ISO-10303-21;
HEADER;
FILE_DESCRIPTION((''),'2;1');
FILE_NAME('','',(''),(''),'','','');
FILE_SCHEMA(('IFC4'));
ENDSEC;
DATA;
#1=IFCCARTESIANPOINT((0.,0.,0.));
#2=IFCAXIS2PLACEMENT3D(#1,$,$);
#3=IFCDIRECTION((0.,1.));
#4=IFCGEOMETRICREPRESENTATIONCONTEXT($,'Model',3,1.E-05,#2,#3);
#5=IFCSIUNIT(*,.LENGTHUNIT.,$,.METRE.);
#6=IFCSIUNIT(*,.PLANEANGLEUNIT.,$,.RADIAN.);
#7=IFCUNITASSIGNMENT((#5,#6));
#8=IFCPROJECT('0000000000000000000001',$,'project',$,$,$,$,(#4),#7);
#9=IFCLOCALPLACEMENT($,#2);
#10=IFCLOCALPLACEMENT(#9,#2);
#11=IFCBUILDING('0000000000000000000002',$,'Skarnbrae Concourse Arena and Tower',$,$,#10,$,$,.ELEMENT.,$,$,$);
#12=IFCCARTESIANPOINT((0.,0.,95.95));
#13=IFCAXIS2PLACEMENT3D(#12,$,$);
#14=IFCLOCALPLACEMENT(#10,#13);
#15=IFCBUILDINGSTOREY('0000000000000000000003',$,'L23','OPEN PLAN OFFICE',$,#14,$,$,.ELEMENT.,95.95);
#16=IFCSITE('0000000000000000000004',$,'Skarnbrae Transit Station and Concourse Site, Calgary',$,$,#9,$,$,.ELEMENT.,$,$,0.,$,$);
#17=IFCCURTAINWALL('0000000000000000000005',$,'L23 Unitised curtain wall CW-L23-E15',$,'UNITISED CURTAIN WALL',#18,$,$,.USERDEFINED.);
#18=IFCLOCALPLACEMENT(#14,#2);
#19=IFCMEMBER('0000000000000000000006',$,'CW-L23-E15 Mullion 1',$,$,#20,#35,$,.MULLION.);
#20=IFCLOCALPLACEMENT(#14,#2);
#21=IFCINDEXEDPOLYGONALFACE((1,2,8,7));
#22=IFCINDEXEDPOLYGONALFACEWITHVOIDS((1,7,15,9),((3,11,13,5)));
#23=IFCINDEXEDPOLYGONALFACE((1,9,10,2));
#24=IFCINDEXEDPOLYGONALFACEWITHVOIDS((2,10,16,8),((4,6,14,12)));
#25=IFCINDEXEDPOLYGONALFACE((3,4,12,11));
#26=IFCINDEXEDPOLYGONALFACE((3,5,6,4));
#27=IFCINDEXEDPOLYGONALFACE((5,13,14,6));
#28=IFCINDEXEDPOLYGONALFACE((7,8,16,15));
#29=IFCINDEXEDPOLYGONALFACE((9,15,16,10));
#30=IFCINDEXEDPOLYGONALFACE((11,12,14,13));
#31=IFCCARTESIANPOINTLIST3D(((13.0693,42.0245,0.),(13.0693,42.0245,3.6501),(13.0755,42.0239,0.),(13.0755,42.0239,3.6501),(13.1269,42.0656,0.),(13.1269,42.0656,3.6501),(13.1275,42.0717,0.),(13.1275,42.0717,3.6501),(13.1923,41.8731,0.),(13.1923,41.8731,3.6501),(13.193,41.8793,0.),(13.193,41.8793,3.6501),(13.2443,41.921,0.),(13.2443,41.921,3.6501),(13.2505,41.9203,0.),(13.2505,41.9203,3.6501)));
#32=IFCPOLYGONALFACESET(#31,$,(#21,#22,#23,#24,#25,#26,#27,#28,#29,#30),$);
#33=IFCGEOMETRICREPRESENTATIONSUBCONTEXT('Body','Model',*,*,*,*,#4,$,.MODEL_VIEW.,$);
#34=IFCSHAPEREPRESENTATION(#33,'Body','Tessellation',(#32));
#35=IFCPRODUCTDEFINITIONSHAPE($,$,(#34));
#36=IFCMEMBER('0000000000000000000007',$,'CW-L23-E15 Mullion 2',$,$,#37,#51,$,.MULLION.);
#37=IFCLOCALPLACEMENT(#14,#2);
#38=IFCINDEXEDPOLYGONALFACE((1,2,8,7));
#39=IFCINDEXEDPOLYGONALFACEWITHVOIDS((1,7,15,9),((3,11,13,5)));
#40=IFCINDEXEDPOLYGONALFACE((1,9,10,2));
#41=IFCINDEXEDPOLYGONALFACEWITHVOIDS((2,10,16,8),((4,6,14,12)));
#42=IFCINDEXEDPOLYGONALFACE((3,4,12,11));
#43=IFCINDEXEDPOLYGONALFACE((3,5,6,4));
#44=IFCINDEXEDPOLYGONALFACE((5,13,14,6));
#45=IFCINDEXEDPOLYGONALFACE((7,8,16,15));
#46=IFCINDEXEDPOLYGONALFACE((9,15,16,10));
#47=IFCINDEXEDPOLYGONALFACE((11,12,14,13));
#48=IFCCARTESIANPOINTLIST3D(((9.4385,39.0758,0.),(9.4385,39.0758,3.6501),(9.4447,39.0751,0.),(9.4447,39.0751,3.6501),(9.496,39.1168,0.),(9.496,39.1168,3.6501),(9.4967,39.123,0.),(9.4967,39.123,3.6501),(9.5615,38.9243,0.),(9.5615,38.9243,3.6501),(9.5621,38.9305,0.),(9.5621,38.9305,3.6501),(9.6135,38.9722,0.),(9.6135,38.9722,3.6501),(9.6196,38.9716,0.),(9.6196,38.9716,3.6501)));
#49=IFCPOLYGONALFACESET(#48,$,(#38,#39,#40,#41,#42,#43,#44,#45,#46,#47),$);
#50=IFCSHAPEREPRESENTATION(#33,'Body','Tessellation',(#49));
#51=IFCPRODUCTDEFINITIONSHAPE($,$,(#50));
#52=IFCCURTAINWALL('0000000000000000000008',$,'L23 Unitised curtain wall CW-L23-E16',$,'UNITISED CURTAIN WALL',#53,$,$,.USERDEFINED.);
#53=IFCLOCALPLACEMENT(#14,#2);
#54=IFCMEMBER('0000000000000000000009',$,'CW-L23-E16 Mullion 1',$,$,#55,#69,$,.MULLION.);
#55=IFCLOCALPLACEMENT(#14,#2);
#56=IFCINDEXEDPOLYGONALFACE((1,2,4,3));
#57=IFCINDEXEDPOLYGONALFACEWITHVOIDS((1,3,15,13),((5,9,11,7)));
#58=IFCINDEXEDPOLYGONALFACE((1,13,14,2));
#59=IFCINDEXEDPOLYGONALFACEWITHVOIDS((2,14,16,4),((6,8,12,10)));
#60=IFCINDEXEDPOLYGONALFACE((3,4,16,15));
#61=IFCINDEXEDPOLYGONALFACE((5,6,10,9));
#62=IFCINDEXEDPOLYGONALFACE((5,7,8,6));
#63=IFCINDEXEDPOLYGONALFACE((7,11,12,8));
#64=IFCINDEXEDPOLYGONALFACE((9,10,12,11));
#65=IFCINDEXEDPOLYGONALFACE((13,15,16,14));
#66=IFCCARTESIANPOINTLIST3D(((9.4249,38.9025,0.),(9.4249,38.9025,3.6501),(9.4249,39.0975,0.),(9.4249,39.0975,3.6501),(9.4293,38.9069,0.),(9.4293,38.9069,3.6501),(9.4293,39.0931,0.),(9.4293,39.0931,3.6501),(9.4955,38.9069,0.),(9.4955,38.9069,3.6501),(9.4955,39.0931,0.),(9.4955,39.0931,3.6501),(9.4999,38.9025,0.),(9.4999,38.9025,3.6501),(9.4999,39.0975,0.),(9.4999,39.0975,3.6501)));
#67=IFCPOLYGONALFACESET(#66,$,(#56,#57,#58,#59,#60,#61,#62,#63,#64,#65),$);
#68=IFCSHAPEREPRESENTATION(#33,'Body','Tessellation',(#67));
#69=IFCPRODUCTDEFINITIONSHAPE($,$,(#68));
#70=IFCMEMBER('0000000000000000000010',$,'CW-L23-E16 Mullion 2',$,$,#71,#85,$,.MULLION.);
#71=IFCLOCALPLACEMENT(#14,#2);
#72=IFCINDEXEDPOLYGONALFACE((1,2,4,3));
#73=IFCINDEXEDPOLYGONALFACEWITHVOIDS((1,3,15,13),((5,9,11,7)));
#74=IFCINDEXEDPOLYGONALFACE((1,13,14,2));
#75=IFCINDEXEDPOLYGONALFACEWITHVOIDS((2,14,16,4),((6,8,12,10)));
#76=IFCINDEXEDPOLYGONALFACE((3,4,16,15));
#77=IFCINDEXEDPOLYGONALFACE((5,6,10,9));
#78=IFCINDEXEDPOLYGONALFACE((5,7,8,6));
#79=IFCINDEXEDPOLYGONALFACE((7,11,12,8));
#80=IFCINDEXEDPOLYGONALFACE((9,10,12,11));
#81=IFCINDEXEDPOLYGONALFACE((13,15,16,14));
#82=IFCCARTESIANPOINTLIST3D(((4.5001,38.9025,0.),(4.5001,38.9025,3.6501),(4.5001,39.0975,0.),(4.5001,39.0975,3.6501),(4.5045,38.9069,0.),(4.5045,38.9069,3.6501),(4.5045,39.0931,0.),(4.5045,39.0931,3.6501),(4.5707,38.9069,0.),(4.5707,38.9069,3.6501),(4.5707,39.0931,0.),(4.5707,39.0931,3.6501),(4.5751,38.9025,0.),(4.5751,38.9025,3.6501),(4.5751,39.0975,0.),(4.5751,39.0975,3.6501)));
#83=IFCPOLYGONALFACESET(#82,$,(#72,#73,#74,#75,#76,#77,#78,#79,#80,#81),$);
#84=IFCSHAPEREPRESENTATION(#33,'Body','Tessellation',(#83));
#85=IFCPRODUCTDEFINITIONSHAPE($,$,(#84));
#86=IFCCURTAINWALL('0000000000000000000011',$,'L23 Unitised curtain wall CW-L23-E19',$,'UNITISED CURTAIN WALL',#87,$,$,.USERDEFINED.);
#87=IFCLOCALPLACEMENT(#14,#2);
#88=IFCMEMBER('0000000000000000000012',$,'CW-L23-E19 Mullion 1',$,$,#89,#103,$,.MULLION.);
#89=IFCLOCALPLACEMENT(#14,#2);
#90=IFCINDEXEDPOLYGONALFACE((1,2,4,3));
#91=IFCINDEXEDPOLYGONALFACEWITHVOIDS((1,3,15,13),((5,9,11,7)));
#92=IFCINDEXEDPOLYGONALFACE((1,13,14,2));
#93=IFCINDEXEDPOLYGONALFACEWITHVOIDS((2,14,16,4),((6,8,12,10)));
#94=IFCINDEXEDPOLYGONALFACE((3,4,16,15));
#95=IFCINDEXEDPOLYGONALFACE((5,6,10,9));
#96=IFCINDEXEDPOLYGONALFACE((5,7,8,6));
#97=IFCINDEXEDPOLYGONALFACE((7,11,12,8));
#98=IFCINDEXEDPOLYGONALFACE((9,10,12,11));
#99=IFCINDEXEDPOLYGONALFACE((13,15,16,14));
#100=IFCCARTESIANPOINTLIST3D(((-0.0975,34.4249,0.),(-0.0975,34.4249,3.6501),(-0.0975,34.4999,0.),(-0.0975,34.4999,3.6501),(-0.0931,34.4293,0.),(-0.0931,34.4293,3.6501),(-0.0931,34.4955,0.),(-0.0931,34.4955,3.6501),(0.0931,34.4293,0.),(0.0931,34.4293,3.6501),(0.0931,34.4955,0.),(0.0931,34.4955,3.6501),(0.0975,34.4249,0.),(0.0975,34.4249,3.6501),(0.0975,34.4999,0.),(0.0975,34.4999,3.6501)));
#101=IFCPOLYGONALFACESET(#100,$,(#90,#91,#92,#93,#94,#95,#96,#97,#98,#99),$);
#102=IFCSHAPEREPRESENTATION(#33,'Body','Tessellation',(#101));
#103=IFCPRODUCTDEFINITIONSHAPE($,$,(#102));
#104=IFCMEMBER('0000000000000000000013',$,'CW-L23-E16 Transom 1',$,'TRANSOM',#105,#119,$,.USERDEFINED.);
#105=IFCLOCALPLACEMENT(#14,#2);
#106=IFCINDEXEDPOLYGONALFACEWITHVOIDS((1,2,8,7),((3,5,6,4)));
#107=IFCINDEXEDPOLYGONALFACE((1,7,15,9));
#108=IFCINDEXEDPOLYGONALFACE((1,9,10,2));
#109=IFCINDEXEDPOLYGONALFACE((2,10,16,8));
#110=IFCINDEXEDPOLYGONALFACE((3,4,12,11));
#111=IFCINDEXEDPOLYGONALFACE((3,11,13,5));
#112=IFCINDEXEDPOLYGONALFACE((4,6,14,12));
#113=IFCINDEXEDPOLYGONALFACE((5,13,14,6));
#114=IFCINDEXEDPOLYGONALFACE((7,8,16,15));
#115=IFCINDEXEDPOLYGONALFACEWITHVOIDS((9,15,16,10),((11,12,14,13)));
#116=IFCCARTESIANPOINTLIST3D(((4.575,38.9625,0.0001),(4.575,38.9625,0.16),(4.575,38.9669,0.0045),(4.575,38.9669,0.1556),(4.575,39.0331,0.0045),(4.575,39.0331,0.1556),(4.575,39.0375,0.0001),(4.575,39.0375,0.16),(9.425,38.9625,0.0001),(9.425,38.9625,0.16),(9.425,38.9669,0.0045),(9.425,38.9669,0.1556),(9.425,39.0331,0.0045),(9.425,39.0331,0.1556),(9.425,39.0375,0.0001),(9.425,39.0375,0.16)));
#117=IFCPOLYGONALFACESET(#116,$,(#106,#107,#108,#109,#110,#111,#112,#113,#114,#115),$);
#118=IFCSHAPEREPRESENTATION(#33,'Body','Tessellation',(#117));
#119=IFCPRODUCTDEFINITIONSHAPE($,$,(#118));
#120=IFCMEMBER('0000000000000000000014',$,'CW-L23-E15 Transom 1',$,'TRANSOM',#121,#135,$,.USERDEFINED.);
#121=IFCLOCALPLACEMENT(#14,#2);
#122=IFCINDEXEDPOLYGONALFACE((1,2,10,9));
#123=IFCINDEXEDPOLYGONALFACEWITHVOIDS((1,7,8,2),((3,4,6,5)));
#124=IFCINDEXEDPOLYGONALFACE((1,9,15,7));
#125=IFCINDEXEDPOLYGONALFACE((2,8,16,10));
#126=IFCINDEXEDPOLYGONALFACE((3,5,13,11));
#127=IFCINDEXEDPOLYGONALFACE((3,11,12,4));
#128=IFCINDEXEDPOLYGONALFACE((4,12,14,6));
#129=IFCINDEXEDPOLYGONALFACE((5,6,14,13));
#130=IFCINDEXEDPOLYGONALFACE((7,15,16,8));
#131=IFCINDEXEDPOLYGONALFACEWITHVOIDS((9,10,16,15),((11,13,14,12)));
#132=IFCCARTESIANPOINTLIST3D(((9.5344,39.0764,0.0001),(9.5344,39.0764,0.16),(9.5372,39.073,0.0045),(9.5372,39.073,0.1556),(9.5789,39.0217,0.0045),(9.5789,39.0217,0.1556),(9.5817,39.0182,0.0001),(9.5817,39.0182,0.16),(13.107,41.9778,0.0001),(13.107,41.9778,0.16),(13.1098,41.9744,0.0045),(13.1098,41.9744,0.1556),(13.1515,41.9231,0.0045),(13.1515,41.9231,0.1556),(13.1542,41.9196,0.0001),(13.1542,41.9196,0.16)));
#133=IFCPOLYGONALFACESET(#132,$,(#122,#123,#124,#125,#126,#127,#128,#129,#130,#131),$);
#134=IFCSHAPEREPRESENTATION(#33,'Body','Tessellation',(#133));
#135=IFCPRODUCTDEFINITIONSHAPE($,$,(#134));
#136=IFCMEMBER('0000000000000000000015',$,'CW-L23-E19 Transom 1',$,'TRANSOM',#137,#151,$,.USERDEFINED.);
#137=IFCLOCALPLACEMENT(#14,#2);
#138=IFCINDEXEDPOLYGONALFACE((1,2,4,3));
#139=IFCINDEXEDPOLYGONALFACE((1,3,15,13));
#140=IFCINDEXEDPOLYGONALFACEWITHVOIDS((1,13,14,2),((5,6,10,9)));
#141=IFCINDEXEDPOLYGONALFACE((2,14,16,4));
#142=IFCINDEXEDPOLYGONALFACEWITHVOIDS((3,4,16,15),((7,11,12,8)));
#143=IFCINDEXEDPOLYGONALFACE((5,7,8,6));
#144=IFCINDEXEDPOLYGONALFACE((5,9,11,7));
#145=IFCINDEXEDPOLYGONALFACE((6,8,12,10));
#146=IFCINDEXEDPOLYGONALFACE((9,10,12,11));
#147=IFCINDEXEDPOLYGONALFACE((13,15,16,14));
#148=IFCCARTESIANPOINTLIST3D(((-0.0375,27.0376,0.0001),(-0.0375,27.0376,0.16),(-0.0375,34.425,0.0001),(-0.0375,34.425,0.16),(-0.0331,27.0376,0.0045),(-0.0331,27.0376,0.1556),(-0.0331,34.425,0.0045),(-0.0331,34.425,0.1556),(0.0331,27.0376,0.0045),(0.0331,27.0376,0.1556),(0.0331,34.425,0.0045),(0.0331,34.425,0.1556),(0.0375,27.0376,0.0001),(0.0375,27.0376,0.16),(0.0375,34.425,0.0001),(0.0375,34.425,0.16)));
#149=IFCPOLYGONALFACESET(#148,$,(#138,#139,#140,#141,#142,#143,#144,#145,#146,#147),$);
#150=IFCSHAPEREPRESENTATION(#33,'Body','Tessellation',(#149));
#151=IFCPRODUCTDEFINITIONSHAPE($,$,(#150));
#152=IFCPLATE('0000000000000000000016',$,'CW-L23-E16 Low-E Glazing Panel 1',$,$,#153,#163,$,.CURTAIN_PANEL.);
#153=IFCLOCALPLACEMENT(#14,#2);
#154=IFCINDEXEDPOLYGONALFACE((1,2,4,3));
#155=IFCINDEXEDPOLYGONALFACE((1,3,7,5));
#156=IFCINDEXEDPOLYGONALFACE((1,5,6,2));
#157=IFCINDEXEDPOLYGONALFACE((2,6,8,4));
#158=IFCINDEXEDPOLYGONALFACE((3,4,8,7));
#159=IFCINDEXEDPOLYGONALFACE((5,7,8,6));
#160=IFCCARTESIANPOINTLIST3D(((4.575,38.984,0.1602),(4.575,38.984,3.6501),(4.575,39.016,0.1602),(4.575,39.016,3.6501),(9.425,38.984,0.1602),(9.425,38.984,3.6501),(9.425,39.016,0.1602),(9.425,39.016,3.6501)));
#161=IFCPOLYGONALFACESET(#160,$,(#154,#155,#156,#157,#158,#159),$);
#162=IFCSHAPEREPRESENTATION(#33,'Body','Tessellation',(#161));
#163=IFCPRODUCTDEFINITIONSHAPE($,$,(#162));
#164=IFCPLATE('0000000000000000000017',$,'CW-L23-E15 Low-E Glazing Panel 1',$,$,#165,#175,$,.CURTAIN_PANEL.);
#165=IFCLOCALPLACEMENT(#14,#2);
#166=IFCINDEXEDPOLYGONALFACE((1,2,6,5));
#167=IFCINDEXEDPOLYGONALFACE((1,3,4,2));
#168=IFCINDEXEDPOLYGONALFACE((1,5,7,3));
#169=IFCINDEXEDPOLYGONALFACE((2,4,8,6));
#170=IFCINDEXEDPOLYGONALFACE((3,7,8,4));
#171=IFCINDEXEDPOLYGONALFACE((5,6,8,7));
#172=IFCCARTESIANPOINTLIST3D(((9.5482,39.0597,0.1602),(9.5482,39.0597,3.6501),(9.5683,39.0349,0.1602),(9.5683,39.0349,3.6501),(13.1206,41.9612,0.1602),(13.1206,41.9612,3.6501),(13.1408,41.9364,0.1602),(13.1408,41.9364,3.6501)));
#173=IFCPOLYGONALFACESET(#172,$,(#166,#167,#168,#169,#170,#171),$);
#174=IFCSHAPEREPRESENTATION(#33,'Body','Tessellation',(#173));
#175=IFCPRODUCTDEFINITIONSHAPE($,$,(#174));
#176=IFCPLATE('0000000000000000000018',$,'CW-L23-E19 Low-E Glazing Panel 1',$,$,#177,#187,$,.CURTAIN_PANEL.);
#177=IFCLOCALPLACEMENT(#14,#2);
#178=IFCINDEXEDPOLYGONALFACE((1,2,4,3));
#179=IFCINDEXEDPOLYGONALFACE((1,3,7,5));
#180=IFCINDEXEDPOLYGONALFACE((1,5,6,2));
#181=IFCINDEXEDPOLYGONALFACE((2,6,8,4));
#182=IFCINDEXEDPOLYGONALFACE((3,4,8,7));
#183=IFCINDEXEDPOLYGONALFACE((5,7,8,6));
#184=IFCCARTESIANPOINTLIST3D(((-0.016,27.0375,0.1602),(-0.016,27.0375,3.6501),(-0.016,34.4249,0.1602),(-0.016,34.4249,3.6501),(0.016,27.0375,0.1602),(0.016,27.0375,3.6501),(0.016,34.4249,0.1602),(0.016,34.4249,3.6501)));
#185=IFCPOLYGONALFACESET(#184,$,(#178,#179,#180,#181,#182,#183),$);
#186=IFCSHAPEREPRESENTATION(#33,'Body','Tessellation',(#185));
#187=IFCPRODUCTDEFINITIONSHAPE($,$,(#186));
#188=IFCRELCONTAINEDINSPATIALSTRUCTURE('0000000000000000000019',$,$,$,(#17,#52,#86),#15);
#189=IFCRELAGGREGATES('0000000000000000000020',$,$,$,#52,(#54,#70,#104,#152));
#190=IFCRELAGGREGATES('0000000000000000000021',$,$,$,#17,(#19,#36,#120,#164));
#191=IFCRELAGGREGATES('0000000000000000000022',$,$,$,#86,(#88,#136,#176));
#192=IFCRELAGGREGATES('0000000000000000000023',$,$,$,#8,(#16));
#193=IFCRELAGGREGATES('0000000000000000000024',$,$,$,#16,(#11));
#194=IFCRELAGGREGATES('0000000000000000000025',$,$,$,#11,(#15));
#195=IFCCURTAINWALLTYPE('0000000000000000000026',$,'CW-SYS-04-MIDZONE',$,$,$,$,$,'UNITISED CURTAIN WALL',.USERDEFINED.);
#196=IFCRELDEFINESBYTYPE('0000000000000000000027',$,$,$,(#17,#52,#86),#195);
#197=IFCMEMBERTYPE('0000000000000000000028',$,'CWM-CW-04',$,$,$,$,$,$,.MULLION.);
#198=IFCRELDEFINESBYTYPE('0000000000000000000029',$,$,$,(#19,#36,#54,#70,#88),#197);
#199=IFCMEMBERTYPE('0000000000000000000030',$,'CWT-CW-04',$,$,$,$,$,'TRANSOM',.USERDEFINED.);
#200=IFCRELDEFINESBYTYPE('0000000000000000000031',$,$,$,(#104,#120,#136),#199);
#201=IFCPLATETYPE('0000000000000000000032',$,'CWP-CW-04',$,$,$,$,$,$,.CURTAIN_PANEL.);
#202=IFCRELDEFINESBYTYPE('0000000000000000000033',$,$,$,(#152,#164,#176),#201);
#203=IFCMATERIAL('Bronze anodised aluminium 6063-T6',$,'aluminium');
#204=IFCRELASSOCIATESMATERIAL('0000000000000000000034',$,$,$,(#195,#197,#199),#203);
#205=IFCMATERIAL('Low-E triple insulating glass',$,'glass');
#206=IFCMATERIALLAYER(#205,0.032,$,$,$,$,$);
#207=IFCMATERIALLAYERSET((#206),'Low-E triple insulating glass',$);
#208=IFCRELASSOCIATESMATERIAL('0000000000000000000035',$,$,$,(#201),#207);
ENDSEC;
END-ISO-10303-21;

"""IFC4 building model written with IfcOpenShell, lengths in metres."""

from ifc_helpers import new_model, si_unit, direction, frame, origin, origin_2d, place, context, subcontext, project, spatial, rectangle, hollow_rectangle, extrude, source, transform, mapped, material, layer, layer_set, material_profile, profile_set, type_object, element, aggregate, save


model = new_model("IFC4")

# Units and contexts
model_context = context("Model", 3, precision=1e-05, world=origin(), true_north=direction((0.0, 1.0)))
body_context = subcontext(model_context, "Body", "Model", "MODEL_VIEW")
ifc_project = project(units=[si_unit("LENGTHUNIT", "METRE"), si_unit("PLANEANGLEUNIT", "RADIAN")], contexts=[model_context])

# Site, building, storey
site_placement = place(None, origin())
site = spatial("IfcSite", under=ifc_project, at=site_placement, Name="Skarnbrae Transit Station and Concourse Site, Calgary", CompositionType="ELEMENT", RefElevation=0.0)
building_placement = place(site_placement, origin())
building = spatial("IfcBuilding", under=site, at=building_placement, Name="Skarnbrae Concourse Arena and Tower", CompositionType="ELEMENT")
storey_placement = place(building_placement, frame((0.0, 0.0, 95.95)))
storey = spatial("IfcBuildingStorey", under=building, at=storey_placement, Name="L23", Description="OPEN PLAN OFFICE", CompositionType="ELEMENT", Elevation=95.95)

# Shared definitions
ifc_material_1 = material(Name="Bronze anodised aluminium 6063-T6", Category="aluminium")
curtain_wall_type = type_object("IfcCurtainWallType", Name="CW-SYS-04-MIDZONE", ElementType="UNITISED CURTAIN WALL", PredefinedType="USERDEFINED", material=ifc_material_1)
ifc_material_profile_1 = material_profile(ifc_material_1, hollow_rectangle(XDim=0.075, YDim=0.1951, WallThickness=0.0044, at=origin_2d()), Name="ALU-MULL-75X195")
ifc_profile_set_1 = profile_set([ifc_material_profile_1], Name="Bronze anodised aluminium 6063-T6")
member_type_1 = type_object("IfcMemberType", Name="CWM-CW-04", PredefinedType="MULLION", material=ifc_profile_set_1)
shared_shape_1 = source(origin(), body_context, "Body", "SweptSolid", [
    extrude(hollow_rectangle(XDim=0.075, YDim=0.1951, WallThickness=0.0044, at=origin_2d()), origin(), (0.0, 0.0, 1.0), 3.6501),
])

# Curtain walls, members
curtain_wall_1_placement = place(storey_placement, origin())
curtain_wall_1 = element("IfcCurtainWall", 1, at=curtain_wall_1_placement, inside=storey, type_object=curtain_wall_type, Name="L23 Unitised curtain wall CW-L23-E15", ObjectType="UNITISED CURTAIN WALL", PredefinedType="USERDEFINED")
member_1_placement = place(storey_placement, frame((13.1599, 41.9724, 0.0), z_axis=(0.0, 0.0, 1.0), x_axis=(-0.776241, -0.630436, 0.0)))
member_1 = element("IfcMember", 2, at=member_1_placement, type_object=member_type_1, Name="CW-L23-E15 Mullion 1", PredefinedType="MULLION", context=body_context, shape_type="MappedRepresentation", body=[
    mapped(shared_shape_1, transform((0.0, 0.0, 0.0))),
])
member_2_placement = place(storey_placement, frame((9.5291, 39.0237, 0.0), z_axis=(0.0, 0.0, 1.0), x_axis=(-0.776241, -0.630436, 0.0)))
member_2 = element("IfcMember", 3, at=member_2_placement, type_object=member_type_1, Name="CW-L23-E15 Mullion 2", PredefinedType="MULLION", context=body_context, shape_type="MappedRepresentation", body=[
    mapped(shared_shape_1, transform((0.0, 0.0, 0.0))),
])
curtain_wall_2_placement = place(storey_placement, origin())
curtain_wall_2 = element("IfcCurtainWall", 4, at=curtain_wall_2_placement, inside=storey, type_object=curtain_wall_type, Name="L23 Unitised curtain wall CW-L23-E16", ObjectType="UNITISED CURTAIN WALL", PredefinedType="USERDEFINED")
member_3_placement = place(storey_placement, frame((9.4624, 39.0, 0.0), z_axis=(0.0, 0.0, 1.0), x_axis=(-1.0, 0.0, 0.0)))
member_3 = element("IfcMember", 5, at=member_3_placement, type_object=member_type_1, Name="CW-L23-E16 Mullion 1", PredefinedType="MULLION", context=body_context, shape_type="MappedRepresentation", body=[
    mapped(shared_shape_1, transform((0.0, 0.0, 0.0))),
])
member_4_placement = place(storey_placement, frame((4.5376, 39.0, 0.0), z_axis=(0.0, 0.0, 1.0), x_axis=(-1.0, 0.0, 0.0)))
member_4 = element("IfcMember", 6, at=member_4_placement, type_object=member_type_1, Name="CW-L23-E16 Mullion 2", PredefinedType="MULLION", context=body_context, shape_type="MappedRepresentation", body=[
    mapped(shared_shape_1, transform((0.0, 0.0, 0.0))),
])

# Curtain wall, member
curtain_wall_3_placement = place(storey_placement, origin())
curtain_wall_3 = element("IfcCurtainWall", 7, at=curtain_wall_3_placement, inside=storey, type_object=curtain_wall_type, Name="L23 Unitised curtain wall CW-L23-E19", ObjectType="UNITISED CURTAIN WALL", PredefinedType="USERDEFINED")
member_5_placement = place(storey_placement, frame((0.0, 34.4624, 0.0), z_axis=(0.0, 0.0, 1.0), x_axis=(0.0, -1.0, 0.0)))
member_5 = element("IfcMember", 8, at=member_5_placement, type_object=member_type_1, Name="CW-L23-E19 Mullion 1", PredefinedType="MULLION", context=body_context, shape_type="MappedRepresentation", body=[
    mapped(shared_shape_1, transform((0.0, 0.0, 0.0))),
])

# Members
ifc_material_profile_2 = material_profile(ifc_material_1, hollow_rectangle(XDim=0.075, YDim=0.1599, WallThickness=0.0044, at=origin_2d()), Name="ALU-TRAN-75X160")
ifc_profile_set_2 = profile_set([ifc_material_profile_2], Name="Bronze anodised aluminium 6063-T6")
member_type_2 = type_object("IfcMemberType", Name="CWT-CW-04", ElementType="TRANSOM", PredefinedType="USERDEFINED", material=ifc_profile_set_2)
shared_shape_2 = source(origin(), body_context, "Body", "SweptSolid", [
    extrude(hollow_rectangle(XDim=0.075, YDim=0.1599, WallThickness=0.0044, at=origin_2d()), origin(), (0.0, 0.0, 1.0), 4.8501),
])
member_6_placement = place(storey_placement, frame((9.425, 39.0, 0.0801), z_axis=(-1.0, 0.0, 0.0), x_axis=(0.0, -1.0, 0.0)))
member_6 = element("IfcMember", 9, at=member_6_placement, type_object=member_type_2, Name="CW-L23-E16 Transom 1", ObjectType="TRANSOM", PredefinedType="USERDEFINED", context=body_context, shape_type="MappedRepresentation", body=[
    mapped(shared_shape_2, transform((0.0, 0.0, 0.0))),
])
shared_shape_3 = source(origin(), body_context, "Body", "SweptSolid", [
    extrude(hollow_rectangle(XDim=0.075, YDim=0.1599, WallThickness=0.0044, at=origin_2d()), origin(), (0.0, 0.0, 1.0), 4.6023),
])
member_7_placement = place(storey_placement, frame((13.1306, 41.9487, 0.0801), z_axis=(-0.776252, -0.630423, 0.0), x_axis=(0.630423, -0.776252, 0.0)))
member_7 = element("IfcMember", 10, at=member_7_placement, type_object=member_type_2, Name="CW-L23-E15 Transom 1", ObjectType="TRANSOM", PredefinedType="USERDEFINED", context=body_context, shape_type="MappedRepresentation", body=[
    mapped(shared_shape_3, transform((0.0, 0.0, 0.0))),
])
shared_shape_4 = source(origin(), body_context, "Body", "SweptSolid", [
    extrude(hollow_rectangle(XDim=0.075, YDim=0.1599, WallThickness=0.0044, at=origin_2d()), origin(), (0.0, 0.0, 1.0), 7.3875),
])
member_8_placement = place(storey_placement, frame((0.0, 34.425, 0.0801), z_axis=(0.0, -1.0, 0.0), x_axis=(1.0, 0.0, 0.0)))
member_8 = element("IfcMember", 11, at=member_8_placement, type_object=member_type_2, Name="CW-L23-E19 Transom 1", ObjectType="TRANSOM", PredefinedType="USERDEFINED", context=body_context, shape_type="MappedRepresentation", body=[
    mapped(shared_shape_4, transform((0.0, 0.0, 0.0))),
])

# Plates
ifc_material_2 = material(Name="Low-E triple insulating glass", Category="glass")
ifc_layer_1 = layer(ifc_material_2, 0.032)
ifc_layer_set_1 = layer_set([ifc_layer_1], Name="Low-E triple insulating glass")
plate_type = type_object("IfcPlateType", Name="CWP-CW-04", PredefinedType="CURTAIN_PANEL", material=ifc_layer_set_1)
shared_shape_5 = source(origin(), body_context, "Body", "SweptSolid", [
    extrude(rectangle(XDim=4.8501, YDim=0.032, at=origin_2d()), origin(), (0.0, 0.0, 1.0), 3.49),
])
plate_1_placement = place(storey_placement, frame((7.0, 39.0, 0.1602), z_axis=(0.0, 0.0, 1.0), x_axis=(-1.0, 0.0, 0.0)))
plate_1 = element("IfcPlate", 12, at=plate_1_placement, type_object=plate_type, Name="CW-L23-E16 Low-E Glazing Panel 1", PredefinedType="CURTAIN_PANEL", context=body_context, shape_type="MappedRepresentation", body=[
    mapped(shared_shape_5, transform((0.0, 0.0, 0.0))),
])
aggregate(curtain_wall_2, [member_3, member_4, member_6, plate_1])
shared_shape_6 = source(origin(), body_context, "Body", "SweptSolid", [
    extrude(rectangle(XDim=4.6023, YDim=0.032, at=origin_2d()), origin(), (0.0, 0.0, 1.0), 3.49),
])
plate_2_placement = place(storey_placement, frame((11.3445, 40.498, 0.1602), z_axis=(0.0, 0.0, 1.0), x_axis=(-0.776241, -0.630436, 0.0)))
plate_2 = element("IfcPlate", 13, at=plate_2_placement, type_object=plate_type, Name="CW-L23-E15 Low-E Glazing Panel 1", PredefinedType="CURTAIN_PANEL", context=body_context, shape_type="MappedRepresentation", body=[
    mapped(shared_shape_6, transform((0.0, 0.0, 0.0))),
])
aggregate(curtain_wall_1, [member_1, member_2, member_7, plate_2])
shared_shape_7 = source(origin(), body_context, "Body", "SweptSolid", [
    extrude(rectangle(XDim=7.3875, YDim=0.032, at=origin_2d()), origin(), (0.0, 0.0, 1.0), 3.49),
])
plate_3_placement = place(storey_placement, frame((0.0, 30.7312, 0.1602), z_axis=(0.0, 0.0, 1.0), x_axis=(0.0, -1.0, 0.0)))
plate_3 = element("IfcPlate", 14, at=plate_3_placement, type_object=plate_type, Name="CW-L23-E19 Low-E Glazing Panel 1", PredefinedType="CURTAIN_PANEL", context=body_context, shape_type="MappedRepresentation", body=[
    mapped(shared_shape_7, transform((0.0, 0.0, 0.0))),
])
aggregate(curtain_wall_3, [member_5, member_8, plate_3])

save(model, "model.ifc")
